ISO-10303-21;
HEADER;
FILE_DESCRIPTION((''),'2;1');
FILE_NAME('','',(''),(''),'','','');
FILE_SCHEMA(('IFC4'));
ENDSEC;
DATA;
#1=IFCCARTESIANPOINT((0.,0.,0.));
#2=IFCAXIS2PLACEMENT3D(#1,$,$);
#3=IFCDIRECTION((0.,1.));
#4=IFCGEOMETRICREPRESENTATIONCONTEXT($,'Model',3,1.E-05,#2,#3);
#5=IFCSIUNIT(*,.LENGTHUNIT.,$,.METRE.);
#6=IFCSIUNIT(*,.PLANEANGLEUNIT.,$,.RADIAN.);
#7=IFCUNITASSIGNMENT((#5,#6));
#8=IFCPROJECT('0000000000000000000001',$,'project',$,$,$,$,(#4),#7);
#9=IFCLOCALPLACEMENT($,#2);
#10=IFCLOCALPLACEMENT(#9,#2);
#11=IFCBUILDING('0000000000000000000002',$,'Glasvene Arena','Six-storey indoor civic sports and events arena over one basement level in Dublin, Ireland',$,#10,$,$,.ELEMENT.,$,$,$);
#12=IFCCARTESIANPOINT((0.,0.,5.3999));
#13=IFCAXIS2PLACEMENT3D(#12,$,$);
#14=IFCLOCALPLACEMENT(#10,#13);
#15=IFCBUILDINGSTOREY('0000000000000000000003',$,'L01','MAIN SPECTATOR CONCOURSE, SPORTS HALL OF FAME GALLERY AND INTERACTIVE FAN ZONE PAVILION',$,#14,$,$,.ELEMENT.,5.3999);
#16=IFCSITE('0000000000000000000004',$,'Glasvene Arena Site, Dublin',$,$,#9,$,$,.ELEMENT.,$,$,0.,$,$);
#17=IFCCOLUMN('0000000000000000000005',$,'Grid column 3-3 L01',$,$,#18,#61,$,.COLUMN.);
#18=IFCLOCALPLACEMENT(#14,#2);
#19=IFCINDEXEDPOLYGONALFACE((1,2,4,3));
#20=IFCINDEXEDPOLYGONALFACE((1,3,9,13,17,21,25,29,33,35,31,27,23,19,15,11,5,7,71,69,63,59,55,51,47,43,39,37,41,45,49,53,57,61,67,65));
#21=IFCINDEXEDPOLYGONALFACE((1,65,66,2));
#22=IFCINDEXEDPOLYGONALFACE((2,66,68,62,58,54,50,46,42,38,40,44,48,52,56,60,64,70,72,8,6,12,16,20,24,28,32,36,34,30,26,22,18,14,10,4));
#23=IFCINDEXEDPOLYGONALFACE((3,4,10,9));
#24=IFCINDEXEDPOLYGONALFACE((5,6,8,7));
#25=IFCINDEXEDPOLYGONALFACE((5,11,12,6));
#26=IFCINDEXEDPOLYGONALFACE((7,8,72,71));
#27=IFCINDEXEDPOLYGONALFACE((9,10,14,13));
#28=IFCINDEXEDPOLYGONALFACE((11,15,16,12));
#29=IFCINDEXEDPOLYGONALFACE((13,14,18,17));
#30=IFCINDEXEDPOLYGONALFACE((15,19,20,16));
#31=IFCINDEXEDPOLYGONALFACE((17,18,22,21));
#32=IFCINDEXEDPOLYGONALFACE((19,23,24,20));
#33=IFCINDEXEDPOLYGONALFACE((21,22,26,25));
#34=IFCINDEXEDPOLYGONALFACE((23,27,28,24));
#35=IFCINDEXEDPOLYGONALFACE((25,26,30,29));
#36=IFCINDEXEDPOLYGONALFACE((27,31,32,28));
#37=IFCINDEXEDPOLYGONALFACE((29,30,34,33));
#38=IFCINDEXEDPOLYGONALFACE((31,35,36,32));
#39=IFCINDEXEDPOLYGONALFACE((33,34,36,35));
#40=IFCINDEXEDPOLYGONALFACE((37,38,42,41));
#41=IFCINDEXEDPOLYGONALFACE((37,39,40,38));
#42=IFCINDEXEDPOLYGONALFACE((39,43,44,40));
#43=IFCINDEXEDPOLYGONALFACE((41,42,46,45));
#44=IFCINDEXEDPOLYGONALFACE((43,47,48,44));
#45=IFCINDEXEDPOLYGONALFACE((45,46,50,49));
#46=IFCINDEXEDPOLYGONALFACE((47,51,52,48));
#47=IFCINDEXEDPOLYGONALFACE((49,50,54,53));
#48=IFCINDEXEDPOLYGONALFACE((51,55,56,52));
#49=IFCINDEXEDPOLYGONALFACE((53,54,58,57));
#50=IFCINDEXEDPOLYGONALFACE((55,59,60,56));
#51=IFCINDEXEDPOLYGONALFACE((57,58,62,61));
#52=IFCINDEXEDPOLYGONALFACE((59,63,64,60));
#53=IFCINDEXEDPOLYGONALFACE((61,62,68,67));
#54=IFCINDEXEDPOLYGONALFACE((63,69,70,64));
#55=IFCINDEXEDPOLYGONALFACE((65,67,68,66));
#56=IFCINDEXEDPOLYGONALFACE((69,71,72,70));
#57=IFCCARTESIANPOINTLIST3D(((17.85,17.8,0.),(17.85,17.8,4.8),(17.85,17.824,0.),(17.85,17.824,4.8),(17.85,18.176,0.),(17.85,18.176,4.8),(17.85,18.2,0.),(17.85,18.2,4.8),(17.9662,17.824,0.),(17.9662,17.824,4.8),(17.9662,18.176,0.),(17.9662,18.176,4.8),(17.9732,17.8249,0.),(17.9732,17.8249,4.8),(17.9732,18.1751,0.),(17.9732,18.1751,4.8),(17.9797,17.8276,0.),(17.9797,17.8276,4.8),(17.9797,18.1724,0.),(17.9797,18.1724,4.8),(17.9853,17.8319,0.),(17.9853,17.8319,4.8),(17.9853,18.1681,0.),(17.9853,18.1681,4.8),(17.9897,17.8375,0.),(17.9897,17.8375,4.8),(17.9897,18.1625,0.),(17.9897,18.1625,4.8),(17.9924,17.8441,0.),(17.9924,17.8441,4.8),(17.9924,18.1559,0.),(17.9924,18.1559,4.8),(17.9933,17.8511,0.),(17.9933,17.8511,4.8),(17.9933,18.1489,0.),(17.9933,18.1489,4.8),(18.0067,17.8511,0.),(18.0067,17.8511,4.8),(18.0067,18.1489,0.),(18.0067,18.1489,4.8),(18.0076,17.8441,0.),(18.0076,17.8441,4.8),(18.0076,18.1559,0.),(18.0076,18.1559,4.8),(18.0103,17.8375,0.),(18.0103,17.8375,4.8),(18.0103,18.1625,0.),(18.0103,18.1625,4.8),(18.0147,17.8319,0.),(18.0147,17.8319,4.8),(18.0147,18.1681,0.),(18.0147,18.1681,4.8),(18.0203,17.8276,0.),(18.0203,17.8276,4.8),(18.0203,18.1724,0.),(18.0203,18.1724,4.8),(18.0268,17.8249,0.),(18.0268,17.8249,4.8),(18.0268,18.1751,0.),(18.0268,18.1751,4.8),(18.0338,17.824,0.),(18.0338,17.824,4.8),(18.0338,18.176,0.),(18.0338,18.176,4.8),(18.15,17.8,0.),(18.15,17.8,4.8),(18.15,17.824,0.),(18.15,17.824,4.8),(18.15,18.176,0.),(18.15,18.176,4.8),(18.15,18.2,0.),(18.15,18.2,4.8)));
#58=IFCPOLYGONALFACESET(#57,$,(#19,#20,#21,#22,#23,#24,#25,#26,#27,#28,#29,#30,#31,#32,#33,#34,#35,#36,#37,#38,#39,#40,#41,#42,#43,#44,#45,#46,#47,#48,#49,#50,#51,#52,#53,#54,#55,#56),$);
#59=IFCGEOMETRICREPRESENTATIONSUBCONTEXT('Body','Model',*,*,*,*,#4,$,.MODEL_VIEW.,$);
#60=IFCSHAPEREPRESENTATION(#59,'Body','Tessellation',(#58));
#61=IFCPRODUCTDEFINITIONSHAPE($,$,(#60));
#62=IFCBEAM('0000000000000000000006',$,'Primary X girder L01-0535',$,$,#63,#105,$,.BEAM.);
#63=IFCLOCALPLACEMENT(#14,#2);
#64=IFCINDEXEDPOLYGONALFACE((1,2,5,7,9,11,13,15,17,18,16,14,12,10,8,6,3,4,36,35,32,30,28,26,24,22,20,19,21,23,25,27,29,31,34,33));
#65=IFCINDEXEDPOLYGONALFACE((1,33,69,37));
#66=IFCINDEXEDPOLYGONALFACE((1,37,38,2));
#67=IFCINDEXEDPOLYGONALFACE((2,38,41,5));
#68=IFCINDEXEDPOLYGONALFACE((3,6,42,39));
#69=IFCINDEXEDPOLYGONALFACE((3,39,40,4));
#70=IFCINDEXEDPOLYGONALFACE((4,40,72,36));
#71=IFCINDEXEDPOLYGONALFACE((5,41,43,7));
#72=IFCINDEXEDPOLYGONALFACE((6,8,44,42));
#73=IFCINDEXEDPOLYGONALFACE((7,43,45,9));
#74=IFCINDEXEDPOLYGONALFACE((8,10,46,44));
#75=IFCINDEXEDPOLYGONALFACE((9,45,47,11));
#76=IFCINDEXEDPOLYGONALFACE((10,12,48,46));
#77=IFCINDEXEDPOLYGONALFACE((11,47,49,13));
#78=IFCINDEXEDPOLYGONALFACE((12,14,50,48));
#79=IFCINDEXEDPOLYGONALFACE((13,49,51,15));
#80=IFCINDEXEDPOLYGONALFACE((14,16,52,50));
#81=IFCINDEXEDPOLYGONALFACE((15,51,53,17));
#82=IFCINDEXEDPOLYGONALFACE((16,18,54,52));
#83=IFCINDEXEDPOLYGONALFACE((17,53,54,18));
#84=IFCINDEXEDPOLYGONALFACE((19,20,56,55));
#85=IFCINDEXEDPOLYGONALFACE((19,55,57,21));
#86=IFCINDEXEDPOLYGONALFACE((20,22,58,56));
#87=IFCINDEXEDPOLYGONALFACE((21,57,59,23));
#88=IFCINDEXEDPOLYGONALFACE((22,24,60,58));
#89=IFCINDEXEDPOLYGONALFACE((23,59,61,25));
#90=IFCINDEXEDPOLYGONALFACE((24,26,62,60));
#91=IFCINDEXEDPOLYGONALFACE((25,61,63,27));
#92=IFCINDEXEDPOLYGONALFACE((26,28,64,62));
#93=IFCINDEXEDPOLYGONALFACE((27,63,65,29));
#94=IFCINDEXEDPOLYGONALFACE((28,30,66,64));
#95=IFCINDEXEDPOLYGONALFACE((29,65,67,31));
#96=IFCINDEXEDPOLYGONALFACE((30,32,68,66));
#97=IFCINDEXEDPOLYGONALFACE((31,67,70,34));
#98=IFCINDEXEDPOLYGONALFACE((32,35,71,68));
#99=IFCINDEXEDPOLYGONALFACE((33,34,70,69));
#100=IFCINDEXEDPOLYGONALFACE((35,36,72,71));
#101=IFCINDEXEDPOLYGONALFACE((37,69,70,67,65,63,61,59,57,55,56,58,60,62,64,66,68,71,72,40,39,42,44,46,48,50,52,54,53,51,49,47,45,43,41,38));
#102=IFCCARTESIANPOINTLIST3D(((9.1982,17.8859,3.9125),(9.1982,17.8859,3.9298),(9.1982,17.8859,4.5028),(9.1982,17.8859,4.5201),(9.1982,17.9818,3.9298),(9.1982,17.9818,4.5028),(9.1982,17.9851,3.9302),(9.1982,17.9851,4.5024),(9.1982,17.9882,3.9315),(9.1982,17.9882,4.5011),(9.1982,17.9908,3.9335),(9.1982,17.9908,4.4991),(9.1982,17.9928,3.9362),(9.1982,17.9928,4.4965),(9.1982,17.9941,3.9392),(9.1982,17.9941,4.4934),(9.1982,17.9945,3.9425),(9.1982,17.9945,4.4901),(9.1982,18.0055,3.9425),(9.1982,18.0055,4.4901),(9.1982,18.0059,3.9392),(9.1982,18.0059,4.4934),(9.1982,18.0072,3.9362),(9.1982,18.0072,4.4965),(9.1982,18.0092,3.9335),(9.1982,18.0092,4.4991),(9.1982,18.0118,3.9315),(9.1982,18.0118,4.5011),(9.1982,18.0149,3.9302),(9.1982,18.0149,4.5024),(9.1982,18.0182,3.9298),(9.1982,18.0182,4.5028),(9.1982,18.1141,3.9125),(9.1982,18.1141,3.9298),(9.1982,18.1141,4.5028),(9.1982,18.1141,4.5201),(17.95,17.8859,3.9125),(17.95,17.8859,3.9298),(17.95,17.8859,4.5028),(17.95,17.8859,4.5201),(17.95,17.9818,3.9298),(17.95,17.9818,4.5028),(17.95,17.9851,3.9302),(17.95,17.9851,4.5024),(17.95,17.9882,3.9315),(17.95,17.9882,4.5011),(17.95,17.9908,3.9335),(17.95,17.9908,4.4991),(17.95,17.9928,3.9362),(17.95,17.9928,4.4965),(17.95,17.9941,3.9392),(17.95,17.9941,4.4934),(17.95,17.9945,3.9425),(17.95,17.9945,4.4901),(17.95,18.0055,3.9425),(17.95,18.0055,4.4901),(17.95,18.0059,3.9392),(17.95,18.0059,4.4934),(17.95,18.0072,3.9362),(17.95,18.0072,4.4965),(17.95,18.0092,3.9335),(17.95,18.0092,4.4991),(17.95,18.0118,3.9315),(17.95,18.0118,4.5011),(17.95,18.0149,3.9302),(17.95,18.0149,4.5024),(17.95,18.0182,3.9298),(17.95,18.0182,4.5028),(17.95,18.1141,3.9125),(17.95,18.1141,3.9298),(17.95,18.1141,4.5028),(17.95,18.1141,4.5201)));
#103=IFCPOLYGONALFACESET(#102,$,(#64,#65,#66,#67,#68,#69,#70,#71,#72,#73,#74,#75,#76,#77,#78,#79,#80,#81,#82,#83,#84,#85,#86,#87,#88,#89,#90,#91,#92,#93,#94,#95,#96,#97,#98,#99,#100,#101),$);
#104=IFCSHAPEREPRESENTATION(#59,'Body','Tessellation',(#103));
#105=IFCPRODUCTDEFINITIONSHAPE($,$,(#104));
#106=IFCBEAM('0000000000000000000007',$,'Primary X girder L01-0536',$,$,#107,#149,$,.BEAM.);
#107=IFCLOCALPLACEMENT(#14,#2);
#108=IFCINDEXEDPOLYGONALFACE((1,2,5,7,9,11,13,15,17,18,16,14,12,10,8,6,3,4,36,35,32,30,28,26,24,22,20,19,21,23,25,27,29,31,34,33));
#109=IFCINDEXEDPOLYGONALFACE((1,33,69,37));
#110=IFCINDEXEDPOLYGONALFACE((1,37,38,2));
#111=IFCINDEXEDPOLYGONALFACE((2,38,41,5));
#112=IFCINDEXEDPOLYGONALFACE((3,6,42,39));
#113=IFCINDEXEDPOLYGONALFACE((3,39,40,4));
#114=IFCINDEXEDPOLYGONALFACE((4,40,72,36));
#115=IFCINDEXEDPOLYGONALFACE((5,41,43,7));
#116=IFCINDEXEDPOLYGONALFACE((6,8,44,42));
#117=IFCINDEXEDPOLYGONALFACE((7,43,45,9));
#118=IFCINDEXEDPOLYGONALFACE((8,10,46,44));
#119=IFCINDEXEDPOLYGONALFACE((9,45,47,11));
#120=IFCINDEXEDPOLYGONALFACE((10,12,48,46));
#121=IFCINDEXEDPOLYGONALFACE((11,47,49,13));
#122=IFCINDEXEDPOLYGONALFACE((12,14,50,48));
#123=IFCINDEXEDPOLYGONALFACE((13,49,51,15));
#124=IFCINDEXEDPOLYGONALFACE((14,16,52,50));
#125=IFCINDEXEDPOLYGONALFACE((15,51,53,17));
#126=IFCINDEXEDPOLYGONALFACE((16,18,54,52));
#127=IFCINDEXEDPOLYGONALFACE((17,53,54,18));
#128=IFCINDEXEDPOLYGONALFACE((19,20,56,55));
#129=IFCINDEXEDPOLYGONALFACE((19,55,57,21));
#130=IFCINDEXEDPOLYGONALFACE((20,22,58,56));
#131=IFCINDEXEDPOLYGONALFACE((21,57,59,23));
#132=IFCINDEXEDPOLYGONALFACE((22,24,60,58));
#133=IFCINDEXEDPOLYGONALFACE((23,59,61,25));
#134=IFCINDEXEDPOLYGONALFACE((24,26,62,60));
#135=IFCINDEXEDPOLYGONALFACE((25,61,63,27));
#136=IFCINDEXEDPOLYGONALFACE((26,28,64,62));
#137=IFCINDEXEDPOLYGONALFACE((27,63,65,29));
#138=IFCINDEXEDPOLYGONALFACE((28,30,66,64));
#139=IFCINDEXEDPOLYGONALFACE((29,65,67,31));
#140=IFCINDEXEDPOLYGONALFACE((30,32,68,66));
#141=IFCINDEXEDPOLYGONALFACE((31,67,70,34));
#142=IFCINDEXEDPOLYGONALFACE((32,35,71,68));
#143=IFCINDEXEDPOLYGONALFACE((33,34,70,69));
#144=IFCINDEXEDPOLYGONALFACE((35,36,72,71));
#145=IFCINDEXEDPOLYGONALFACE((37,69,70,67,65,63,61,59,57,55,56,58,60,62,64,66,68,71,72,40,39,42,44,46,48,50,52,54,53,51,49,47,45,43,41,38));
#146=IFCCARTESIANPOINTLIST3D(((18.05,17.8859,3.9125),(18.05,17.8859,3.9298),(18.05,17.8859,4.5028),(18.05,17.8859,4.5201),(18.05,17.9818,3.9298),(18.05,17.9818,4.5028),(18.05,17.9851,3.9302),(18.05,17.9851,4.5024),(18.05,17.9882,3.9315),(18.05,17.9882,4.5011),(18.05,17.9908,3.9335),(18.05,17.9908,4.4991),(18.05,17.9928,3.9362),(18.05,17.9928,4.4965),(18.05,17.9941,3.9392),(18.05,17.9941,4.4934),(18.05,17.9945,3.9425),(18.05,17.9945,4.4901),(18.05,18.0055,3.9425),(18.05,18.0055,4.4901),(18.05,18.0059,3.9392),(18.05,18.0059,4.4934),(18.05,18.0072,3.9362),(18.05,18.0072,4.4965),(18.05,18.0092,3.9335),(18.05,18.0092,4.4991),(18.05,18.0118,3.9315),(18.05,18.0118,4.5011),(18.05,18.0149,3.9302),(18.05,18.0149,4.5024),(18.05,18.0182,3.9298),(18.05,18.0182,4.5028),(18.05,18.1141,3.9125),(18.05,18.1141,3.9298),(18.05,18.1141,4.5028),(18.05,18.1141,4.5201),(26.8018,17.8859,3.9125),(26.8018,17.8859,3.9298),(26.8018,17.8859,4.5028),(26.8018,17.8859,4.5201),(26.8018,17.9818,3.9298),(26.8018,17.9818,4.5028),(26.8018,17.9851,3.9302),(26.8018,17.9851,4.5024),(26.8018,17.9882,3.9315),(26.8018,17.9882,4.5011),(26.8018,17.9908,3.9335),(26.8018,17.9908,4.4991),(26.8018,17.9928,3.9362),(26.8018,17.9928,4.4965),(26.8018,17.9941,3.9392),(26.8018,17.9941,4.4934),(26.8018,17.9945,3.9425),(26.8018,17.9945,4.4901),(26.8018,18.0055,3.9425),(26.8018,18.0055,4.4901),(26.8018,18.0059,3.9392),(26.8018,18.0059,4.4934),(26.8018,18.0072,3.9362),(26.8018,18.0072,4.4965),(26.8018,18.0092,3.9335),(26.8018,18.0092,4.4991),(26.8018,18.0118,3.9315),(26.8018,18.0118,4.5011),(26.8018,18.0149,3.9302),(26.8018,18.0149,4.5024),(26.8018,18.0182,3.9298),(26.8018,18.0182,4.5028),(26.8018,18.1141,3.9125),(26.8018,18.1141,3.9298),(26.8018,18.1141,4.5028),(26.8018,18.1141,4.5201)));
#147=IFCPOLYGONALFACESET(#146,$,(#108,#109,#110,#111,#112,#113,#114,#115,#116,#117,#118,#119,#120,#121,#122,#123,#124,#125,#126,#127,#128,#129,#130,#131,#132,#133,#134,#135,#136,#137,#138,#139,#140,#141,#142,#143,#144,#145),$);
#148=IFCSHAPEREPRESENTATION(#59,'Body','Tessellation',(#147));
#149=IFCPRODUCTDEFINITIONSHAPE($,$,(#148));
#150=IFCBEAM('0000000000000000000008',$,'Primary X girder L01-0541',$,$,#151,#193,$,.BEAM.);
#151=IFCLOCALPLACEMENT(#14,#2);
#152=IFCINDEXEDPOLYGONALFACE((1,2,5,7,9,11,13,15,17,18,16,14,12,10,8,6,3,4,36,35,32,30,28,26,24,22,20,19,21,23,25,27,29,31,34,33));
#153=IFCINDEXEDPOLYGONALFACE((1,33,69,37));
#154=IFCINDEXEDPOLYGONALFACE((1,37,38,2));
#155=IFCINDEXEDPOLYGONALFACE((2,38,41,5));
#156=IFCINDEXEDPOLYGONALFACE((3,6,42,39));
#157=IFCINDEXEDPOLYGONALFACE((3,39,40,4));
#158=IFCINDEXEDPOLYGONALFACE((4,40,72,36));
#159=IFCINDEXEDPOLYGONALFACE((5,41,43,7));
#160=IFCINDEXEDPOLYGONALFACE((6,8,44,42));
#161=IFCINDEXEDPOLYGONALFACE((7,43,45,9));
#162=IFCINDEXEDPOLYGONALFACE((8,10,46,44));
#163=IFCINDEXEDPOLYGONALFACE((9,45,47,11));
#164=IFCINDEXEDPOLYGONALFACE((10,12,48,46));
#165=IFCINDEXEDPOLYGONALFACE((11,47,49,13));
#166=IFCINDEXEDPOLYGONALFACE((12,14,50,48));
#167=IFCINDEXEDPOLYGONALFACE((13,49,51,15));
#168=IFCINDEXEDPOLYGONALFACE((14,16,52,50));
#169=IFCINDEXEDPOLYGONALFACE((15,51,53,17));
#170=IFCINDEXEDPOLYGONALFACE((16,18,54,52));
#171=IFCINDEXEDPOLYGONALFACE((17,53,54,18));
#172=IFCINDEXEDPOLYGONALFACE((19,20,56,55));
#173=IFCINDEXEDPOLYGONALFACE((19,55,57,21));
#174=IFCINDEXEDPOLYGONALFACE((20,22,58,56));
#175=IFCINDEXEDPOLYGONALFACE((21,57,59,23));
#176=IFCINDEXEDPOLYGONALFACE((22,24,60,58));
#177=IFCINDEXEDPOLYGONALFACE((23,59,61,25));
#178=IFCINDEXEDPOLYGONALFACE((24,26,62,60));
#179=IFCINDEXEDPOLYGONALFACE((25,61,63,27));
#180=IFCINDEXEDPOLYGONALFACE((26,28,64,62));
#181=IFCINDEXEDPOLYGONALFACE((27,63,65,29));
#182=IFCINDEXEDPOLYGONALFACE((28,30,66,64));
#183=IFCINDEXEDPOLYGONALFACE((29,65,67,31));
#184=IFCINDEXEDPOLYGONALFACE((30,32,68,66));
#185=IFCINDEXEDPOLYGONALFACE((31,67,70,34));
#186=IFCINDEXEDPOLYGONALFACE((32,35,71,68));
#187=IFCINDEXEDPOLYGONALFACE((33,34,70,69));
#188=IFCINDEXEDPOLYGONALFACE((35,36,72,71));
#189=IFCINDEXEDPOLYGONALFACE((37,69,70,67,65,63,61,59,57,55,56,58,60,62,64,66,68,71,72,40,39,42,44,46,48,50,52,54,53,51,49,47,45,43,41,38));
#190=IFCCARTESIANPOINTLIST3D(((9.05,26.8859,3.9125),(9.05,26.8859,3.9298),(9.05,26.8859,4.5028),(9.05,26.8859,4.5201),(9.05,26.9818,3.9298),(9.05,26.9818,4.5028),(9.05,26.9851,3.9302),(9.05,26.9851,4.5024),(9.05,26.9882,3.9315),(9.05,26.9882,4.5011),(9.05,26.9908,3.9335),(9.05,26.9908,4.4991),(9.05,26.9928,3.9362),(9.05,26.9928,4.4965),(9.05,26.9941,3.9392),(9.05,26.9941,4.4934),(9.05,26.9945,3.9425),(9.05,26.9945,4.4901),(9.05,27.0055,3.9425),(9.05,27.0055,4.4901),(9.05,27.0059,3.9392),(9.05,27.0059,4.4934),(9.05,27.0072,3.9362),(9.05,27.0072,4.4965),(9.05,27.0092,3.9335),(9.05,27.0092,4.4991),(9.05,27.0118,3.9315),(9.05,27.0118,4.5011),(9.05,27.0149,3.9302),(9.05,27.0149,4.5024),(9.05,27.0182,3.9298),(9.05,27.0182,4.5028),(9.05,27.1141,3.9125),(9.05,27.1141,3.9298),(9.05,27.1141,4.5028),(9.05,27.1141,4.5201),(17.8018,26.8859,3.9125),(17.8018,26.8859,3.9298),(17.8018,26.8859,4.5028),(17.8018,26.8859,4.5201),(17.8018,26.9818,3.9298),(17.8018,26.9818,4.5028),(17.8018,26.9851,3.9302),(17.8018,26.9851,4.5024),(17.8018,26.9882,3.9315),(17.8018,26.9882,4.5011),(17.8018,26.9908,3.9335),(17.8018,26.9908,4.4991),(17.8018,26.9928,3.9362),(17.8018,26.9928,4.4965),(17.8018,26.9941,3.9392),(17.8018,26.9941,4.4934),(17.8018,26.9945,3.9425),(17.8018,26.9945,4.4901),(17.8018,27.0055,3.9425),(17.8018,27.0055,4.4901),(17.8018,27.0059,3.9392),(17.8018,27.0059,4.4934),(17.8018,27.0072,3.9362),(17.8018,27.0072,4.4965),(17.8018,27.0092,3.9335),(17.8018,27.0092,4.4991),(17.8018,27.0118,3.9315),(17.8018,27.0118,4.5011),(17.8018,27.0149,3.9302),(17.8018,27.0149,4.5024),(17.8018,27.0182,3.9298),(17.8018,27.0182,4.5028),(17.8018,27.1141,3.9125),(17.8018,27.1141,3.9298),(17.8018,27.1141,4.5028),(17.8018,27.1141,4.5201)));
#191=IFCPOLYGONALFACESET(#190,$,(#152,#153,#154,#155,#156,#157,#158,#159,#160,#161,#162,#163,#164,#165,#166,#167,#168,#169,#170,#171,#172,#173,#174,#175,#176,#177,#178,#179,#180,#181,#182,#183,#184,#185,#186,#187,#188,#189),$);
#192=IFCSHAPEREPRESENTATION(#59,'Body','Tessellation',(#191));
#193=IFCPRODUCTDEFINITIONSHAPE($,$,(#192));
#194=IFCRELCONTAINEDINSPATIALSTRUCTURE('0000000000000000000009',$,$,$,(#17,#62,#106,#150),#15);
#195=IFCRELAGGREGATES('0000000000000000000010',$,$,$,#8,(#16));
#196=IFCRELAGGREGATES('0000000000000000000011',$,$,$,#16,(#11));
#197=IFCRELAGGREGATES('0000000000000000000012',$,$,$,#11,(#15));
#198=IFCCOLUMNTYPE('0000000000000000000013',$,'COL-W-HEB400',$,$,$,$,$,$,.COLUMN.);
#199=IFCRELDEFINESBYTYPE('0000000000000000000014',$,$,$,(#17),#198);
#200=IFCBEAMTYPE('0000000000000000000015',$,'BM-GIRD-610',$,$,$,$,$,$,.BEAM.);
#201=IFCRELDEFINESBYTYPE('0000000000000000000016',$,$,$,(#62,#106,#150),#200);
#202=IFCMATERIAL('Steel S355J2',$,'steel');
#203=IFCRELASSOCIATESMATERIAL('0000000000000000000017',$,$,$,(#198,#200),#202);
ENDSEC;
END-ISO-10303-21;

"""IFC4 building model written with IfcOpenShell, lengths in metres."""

from ifc_helpers import new_model, si_unit, direction, frame, origin, origin_2d, place, context, subcontext, project, spatial, i_section, extrude, material, material_profile, profile_set, type_object, element, save


model = new_model("IFC4")

# Units and contexts
model_context = context("Model", 3, precision=1e-05, world=origin(), true_north=direction((0.0, 1.0)))
body_context = subcontext(model_context, "Body", "Model", "MODEL_VIEW")
ifc_project = project(units=[si_unit("LENGTHUNIT", "METRE"), si_unit("PLANEANGLEUNIT", "RADIAN")], contexts=[model_context])

# Site, building, storey
site_placement = place(None, origin())
site = spatial("IfcSite", under=ifc_project, at=site_placement, Name="Glasvene Arena Site, Dublin", CompositionType="ELEMENT", RefElevation=0.0)
building_placement = place(site_placement, origin())
building = spatial("IfcBuilding", under=site, at=building_placement, Name="Glasvene Arena", Description="Six-storey indoor civic sports and events arena over one basement level in Dublin, Ireland", CompositionType="ELEMENT")
storey_placement = place(building_placement, frame((0.0, 0.0, 5.3999)))
storey = spatial("IfcBuildingStorey", under=building, at=storey_placement, Name="L01", Description="MAIN SPECTATOR CONCOURSE, SPORTS HALL OF FAME GALLERY AND INTERACTIVE FAN ZONE PAVILION", CompositionType="ELEMENT", Elevation=5.3999)

# Column
ifc_material_1 = material(Name="Steel S355J2", Category="steel")
ifc_material_profile_1 = material_profile(ifc_material_1, i_section(OverallWidth=0.3, OverallDepth=0.3999, WebThickness=0.0134, FlangeThickness=0.0239, FilletRadius=0.0271, at=origin_2d()), Name="HEB 400")
ifc_profile_set_1 = profile_set([ifc_material_profile_1], Name="Steel S355J2")
column_type = type_object("IfcColumnType", Name="COL-W-HEB400", PredefinedType="COLUMN", material=ifc_profile_set_1)
column_placement = place(storey_placement, frame((18.0, 18.0, 0.0), z_axis=(0.0, 0.0, 1.0), x_axis=(1.0, 0.0, 0.0)))
element("IfcColumn", 1, at=column_placement, inside=storey, type_object=column_type, Name="Grid column 3-3 L01", PredefinedType="COLUMN", context=body_context, shape_type="SweptSolid", body=[
    extrude(i_section(OverallWidth=0.3, OverallDepth=0.3999, WebThickness=0.0134, FlangeThickness=0.0239, FilletRadius=0.0271, at=origin_2d()), origin(), (0.0, 0.0, 1.0), 4.8),
])

# Beams
ifc_material_profile_2 = material_profile(ifc_material_1, i_section(OverallWidth=0.2283, OverallDepth=0.6077, WebThickness=0.011, FlangeThickness=0.0173, FilletRadius=0.0127, at=origin_2d()), Name="UKB 610x229x113")
ifc_profile_set_2 = profile_set([ifc_material_profile_2], Name="Steel S355J2")
beam_type_1 = type_object("IfcBeamType", Name="BM-GIRD-610", PredefinedType="BEAM", material=ifc_profile_set_2)
for number, where, z_axis, x_axis, name in (
    (2, (9.1982, 18.0, 4.2163), (1.0, 0.0, 0.0), (0.0, 1.0, 0.0), "Primary X girder L01-0535"),
    (3, (18.05, 18.0, 4.2163), (1.0, 0.0, 0.0), (0.0, 1.0, 0.0), "Primary X girder L01-0536"),
    (4, (9.05, 27.0, 4.2163), (1.0, 0.0, 0.0), (0.0, 1.0, 0.0), "Primary X girder L01-0541"),
):
    element("IfcBeam", number, at=place(storey_placement, frame(where, z_axis=z_axis, x_axis=x_axis)), inside=storey, type_object=beam_type_1, Name=name, PredefinedType="BEAM", context=body_context, shape_type="SweptSolid", body=[
        extrude(i_section(OverallWidth=0.2283, OverallDepth=0.6077, WebThickness=0.011, FlangeThickness=0.0173, FilletRadius=0.0127, at=origin_2d()), origin(), (0.0, 0.0, 1.0), 8.7517),
    ])

save(model, "model.ifc")
